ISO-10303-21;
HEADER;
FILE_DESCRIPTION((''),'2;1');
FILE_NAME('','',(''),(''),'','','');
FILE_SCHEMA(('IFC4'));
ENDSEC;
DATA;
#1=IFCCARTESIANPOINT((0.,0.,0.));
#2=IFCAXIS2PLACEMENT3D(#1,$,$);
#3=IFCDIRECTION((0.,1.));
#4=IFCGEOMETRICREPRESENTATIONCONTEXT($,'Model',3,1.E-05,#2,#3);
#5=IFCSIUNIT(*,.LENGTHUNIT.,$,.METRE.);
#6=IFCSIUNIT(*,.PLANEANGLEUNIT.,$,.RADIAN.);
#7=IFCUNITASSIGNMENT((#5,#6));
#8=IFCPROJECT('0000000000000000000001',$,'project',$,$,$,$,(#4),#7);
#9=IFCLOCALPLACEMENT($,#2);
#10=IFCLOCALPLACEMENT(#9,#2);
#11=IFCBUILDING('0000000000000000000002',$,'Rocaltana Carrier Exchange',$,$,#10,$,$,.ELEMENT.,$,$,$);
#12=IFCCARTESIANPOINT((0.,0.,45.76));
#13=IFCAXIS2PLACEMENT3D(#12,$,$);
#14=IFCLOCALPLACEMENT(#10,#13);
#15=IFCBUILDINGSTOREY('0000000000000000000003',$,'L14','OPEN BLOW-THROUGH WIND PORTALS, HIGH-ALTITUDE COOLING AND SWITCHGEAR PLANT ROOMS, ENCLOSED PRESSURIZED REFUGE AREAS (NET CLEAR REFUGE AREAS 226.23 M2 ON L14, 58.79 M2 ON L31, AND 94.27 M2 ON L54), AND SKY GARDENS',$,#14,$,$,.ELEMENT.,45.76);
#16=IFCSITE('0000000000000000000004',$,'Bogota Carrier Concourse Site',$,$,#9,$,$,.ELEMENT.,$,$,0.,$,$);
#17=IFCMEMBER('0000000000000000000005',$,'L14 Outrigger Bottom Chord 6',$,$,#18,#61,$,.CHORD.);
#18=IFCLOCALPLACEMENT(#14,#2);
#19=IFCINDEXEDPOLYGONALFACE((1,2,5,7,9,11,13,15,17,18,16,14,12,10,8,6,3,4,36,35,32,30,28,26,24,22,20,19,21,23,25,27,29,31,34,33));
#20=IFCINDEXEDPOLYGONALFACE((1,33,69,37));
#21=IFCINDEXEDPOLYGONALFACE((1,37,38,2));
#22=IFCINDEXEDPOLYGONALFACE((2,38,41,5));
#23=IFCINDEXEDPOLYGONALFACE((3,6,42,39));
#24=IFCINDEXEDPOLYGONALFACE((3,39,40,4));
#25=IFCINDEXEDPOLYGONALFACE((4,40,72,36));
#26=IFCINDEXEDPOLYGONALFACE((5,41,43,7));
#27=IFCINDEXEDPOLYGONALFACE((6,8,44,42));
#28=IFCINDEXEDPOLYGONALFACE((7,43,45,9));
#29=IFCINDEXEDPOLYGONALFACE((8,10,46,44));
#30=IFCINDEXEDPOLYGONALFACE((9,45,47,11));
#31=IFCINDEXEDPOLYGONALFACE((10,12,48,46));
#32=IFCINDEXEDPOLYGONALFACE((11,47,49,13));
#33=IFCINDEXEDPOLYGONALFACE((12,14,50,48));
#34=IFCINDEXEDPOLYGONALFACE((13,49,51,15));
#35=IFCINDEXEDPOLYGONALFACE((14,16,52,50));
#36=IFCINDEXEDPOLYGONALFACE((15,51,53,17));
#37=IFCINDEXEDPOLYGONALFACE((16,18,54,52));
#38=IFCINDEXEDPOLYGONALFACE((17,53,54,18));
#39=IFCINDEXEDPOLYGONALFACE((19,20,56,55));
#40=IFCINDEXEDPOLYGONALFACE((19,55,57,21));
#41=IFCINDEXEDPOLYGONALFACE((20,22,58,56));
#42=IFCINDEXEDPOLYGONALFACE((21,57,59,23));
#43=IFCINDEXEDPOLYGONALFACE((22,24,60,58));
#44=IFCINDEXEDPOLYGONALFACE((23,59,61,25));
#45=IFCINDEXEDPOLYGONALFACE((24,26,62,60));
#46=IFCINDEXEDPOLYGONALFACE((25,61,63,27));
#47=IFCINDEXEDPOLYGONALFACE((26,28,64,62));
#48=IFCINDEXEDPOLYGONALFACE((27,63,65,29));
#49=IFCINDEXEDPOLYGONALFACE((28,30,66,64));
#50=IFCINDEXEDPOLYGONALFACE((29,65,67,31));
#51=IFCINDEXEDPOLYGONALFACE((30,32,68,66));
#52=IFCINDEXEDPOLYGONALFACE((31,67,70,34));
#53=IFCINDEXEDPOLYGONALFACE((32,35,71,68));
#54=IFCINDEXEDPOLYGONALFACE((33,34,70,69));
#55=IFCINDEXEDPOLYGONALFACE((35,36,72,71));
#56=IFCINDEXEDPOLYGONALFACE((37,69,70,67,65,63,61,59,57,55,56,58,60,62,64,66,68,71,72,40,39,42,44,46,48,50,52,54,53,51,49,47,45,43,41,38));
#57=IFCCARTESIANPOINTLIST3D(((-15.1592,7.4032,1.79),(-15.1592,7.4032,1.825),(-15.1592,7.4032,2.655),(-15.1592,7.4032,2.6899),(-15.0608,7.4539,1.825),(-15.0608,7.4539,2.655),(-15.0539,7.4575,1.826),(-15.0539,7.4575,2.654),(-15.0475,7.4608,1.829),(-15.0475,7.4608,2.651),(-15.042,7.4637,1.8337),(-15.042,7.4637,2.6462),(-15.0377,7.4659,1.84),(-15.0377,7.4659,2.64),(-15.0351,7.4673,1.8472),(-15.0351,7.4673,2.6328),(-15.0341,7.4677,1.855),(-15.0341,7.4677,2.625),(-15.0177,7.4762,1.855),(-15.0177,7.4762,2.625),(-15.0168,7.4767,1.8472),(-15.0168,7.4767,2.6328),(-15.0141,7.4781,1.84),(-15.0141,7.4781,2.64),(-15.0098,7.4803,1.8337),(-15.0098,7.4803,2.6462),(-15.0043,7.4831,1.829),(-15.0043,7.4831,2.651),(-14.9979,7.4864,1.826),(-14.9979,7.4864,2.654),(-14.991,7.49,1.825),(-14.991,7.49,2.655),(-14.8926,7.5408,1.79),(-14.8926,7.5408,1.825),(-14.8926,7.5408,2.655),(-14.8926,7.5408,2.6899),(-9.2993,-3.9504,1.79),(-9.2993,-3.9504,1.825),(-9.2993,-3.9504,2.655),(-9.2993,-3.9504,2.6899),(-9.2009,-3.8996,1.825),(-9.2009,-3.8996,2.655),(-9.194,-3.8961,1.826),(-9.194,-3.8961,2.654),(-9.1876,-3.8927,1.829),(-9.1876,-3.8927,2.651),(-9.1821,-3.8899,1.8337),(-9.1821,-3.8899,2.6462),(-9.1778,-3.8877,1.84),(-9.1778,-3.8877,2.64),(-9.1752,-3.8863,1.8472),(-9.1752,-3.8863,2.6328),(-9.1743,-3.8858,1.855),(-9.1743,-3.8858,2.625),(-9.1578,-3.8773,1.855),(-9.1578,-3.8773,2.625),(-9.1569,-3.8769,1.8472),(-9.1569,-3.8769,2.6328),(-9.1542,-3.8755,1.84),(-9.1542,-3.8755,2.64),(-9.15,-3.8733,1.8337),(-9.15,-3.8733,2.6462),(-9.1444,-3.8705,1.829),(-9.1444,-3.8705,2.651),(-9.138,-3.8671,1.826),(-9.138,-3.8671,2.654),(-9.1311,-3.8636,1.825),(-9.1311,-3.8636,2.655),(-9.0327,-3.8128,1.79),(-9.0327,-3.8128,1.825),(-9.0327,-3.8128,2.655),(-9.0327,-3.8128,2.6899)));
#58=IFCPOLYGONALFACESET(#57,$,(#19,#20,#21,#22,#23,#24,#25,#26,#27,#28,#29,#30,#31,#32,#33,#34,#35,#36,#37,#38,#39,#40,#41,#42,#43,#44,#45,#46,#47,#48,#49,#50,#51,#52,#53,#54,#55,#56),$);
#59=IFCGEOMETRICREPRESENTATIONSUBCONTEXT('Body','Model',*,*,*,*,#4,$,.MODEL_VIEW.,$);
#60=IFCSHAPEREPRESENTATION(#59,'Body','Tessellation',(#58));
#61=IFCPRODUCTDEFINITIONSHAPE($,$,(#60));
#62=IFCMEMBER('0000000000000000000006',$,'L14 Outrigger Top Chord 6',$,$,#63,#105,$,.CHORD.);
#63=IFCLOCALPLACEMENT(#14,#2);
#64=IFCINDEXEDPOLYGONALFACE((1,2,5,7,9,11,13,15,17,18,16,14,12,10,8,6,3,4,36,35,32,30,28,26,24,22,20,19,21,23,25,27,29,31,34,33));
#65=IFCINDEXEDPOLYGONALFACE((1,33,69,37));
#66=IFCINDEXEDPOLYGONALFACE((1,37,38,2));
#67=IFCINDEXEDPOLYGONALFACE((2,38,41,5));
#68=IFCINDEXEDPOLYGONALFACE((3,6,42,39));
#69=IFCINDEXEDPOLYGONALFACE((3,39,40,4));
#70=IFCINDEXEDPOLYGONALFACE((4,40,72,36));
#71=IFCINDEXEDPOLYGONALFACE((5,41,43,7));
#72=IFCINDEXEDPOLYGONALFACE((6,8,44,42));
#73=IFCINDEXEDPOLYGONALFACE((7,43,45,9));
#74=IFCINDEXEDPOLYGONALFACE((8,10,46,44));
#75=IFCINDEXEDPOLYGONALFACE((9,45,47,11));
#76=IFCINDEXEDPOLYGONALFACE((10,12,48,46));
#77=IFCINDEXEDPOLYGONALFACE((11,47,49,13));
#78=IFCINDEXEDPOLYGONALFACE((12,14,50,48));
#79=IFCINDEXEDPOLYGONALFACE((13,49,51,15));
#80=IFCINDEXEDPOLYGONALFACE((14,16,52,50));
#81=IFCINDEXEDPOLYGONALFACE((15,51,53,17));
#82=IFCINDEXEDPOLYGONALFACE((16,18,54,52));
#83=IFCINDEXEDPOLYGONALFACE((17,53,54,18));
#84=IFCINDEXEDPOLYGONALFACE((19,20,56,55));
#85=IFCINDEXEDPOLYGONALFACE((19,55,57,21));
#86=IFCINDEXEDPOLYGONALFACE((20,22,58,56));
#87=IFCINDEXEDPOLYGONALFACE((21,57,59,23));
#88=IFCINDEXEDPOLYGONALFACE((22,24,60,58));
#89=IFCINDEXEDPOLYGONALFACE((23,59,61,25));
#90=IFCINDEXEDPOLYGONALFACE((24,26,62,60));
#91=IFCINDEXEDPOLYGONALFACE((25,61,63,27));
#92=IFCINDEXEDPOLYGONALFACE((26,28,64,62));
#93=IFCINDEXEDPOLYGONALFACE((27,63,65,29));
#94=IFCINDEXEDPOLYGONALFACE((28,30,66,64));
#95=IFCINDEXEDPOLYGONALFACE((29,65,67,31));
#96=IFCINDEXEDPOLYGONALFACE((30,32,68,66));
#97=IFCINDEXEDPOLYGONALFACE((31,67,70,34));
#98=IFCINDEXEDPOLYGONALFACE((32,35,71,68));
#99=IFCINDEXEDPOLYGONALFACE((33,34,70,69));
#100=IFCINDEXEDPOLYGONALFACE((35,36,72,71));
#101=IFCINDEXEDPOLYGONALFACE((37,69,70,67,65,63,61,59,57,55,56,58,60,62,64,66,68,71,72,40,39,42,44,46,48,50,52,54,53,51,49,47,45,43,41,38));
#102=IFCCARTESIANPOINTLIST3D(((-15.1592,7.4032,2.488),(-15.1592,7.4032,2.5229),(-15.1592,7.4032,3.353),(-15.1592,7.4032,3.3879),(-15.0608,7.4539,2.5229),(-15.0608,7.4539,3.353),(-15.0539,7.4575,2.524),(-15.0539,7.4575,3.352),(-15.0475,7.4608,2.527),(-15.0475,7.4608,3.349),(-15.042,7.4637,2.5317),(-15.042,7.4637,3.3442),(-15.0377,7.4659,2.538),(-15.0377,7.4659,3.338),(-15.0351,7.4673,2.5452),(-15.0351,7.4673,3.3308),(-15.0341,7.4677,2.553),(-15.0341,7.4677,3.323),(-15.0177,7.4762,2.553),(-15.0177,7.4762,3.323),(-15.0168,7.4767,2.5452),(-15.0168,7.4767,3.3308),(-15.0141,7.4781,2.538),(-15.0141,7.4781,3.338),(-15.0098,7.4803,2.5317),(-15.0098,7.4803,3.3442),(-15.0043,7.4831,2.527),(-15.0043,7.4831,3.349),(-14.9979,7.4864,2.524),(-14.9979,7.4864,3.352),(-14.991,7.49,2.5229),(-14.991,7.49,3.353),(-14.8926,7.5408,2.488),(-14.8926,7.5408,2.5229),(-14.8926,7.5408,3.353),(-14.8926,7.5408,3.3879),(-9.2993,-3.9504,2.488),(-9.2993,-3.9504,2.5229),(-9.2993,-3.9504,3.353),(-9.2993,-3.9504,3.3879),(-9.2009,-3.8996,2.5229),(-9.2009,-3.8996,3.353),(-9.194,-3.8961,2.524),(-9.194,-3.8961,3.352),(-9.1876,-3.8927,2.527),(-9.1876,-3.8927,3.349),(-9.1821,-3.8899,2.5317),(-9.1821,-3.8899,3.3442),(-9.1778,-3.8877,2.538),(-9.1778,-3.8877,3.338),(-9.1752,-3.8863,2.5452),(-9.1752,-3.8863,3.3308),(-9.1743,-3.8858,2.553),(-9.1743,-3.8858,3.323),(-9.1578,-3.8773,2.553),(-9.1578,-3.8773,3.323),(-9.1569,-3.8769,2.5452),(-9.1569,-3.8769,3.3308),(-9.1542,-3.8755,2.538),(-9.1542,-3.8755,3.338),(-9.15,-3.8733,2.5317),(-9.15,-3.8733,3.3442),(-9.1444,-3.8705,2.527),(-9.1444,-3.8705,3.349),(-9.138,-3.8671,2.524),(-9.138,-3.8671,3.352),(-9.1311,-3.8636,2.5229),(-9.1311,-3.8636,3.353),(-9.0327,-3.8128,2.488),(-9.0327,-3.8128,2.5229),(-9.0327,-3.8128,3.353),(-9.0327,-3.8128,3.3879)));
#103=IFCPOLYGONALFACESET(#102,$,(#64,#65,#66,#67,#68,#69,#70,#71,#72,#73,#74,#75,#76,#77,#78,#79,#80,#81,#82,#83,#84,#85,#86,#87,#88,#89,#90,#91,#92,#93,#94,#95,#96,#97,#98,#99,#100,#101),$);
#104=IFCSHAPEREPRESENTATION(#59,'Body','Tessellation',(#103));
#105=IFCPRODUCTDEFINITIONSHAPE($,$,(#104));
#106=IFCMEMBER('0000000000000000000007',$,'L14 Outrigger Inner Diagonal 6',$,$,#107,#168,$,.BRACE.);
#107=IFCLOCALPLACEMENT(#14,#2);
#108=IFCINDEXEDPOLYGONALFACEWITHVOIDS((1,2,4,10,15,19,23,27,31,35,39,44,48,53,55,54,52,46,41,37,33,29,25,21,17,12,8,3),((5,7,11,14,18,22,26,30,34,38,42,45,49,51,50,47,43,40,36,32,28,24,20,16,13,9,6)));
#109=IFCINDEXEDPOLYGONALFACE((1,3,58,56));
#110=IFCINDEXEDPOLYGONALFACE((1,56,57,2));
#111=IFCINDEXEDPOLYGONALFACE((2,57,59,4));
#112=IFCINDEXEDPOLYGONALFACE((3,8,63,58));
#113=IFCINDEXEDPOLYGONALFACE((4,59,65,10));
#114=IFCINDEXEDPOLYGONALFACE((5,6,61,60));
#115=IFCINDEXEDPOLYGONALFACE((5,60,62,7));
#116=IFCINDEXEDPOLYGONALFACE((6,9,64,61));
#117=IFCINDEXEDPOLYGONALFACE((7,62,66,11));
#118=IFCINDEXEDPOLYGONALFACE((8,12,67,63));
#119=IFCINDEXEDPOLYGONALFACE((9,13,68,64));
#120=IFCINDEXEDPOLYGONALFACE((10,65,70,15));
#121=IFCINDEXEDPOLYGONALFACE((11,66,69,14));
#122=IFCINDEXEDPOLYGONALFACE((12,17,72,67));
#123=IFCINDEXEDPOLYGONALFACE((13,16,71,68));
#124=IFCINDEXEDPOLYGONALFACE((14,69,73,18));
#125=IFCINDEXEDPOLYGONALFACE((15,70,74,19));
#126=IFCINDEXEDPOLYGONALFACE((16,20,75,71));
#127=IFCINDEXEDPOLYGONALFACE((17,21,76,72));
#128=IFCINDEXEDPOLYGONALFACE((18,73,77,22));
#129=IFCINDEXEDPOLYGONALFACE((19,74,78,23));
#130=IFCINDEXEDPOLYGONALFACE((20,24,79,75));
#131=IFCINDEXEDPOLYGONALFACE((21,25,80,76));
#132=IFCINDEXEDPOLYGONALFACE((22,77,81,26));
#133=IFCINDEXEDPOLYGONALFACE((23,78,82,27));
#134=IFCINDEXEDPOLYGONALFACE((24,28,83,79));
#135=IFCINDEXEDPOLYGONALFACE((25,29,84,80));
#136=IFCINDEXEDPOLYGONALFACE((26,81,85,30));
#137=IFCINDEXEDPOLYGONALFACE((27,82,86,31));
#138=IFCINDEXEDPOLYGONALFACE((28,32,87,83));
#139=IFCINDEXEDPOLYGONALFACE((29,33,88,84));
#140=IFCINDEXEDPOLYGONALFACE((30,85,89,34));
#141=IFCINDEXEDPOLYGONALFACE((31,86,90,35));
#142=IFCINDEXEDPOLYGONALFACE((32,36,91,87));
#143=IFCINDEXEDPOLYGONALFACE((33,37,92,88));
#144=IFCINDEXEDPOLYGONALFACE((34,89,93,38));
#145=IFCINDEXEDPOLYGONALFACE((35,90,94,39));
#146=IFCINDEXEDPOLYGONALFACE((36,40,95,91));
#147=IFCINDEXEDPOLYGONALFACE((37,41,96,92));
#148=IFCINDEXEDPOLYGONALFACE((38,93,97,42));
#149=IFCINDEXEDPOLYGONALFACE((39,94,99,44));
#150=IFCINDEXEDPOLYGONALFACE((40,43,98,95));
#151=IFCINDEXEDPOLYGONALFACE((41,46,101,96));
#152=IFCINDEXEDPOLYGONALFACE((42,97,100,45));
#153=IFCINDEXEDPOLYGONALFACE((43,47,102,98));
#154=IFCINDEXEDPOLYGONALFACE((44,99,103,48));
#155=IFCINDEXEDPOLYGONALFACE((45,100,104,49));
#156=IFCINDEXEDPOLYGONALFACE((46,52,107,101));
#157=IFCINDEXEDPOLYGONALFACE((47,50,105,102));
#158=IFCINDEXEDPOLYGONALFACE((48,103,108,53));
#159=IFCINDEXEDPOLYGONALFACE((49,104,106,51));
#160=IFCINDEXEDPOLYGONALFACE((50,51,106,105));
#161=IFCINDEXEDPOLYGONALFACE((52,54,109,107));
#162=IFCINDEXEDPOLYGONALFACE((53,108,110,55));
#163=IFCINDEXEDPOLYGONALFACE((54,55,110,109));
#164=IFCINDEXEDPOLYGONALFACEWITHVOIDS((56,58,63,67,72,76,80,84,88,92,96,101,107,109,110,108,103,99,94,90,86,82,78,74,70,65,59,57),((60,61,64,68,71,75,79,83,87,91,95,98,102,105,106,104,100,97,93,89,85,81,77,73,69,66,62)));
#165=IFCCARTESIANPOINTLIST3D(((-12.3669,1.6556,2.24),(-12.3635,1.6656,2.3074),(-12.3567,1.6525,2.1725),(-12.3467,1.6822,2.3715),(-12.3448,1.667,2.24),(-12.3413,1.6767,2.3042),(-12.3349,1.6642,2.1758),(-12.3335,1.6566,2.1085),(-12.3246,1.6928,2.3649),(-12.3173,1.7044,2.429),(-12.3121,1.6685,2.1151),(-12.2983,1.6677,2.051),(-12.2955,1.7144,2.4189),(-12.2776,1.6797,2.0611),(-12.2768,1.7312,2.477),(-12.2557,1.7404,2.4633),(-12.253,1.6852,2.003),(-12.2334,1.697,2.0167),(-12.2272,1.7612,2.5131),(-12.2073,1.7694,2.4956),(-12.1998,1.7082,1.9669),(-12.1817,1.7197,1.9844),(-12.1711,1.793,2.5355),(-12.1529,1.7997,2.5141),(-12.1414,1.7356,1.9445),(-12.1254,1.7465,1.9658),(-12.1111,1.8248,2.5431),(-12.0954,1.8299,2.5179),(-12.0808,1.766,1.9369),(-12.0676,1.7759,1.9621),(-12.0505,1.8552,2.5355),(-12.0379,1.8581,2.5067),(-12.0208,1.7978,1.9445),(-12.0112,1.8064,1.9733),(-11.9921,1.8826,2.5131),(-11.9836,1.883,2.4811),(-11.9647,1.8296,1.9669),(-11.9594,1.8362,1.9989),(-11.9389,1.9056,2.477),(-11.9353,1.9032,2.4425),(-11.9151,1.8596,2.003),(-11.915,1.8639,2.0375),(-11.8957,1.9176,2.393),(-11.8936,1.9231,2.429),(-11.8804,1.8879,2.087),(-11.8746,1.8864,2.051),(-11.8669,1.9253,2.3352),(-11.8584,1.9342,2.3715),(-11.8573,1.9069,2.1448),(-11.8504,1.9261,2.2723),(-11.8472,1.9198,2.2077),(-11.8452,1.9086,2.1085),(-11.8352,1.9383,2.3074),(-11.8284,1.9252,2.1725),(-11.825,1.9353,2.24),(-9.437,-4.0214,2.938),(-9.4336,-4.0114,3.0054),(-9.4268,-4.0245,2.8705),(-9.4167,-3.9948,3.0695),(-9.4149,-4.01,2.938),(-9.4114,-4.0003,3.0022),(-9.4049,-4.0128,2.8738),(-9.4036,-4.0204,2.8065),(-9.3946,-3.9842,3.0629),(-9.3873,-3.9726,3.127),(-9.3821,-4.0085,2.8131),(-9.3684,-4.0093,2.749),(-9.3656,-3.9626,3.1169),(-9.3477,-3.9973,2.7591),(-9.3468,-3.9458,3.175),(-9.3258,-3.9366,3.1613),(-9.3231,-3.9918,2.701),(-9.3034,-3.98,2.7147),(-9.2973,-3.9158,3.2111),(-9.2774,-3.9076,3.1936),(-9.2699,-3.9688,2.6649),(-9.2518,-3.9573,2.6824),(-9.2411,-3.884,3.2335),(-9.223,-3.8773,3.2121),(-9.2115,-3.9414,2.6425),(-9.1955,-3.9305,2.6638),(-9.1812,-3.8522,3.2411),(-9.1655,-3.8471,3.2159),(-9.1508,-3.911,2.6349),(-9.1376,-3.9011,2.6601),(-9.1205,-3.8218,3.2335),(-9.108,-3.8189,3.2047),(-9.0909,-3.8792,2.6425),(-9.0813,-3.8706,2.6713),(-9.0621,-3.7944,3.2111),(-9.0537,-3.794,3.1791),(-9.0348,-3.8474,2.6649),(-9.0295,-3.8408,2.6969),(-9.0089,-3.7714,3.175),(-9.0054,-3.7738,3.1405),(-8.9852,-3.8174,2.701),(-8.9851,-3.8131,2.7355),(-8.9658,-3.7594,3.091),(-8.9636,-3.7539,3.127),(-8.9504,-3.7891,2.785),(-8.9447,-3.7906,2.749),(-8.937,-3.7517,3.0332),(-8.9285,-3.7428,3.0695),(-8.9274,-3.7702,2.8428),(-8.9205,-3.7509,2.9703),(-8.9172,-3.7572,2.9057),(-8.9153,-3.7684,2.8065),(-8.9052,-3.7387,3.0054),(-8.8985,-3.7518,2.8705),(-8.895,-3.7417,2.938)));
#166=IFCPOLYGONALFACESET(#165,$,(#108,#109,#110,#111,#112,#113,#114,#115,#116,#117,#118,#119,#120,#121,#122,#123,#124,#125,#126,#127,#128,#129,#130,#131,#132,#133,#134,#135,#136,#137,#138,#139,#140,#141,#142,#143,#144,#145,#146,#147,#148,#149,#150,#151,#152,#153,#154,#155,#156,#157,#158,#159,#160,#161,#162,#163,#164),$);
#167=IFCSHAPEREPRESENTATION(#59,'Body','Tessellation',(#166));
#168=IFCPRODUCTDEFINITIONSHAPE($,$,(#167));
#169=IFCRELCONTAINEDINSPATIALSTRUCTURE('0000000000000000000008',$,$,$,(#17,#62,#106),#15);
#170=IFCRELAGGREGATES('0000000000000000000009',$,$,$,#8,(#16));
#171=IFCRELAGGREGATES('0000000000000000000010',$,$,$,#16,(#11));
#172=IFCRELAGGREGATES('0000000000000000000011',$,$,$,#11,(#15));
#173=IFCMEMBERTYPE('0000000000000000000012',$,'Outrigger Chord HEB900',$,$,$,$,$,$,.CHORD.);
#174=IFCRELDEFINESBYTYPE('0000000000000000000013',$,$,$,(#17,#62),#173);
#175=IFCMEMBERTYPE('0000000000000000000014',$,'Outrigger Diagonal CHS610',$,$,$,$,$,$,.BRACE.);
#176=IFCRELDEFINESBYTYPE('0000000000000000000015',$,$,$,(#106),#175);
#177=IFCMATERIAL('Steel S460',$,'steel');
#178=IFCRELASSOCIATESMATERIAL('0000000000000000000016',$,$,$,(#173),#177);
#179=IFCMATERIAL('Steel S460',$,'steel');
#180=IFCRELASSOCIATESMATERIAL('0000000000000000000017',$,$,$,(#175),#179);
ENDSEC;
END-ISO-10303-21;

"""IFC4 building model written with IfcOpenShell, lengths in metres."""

from ifc_helpers import new_model, si_unit, direction, frame, origin, origin_2d, place, context, subcontext, project, spatial, hollow_circle, i_section, extrude, material, material_profile, profile_set, type_object, element, save


model = new_model("IFC4")

# Units and contexts
model_context = context("Model", 3, precision=1e-05, world=origin(), true_north=direction((0.0, 1.0)))
body_context = subcontext(model_context, "Body", "Model", "MODEL_VIEW")
ifc_project = project(units=[si_unit("LENGTHUNIT", "METRE"), si_unit("PLANEANGLEUNIT", "RADIAN")], contexts=[model_context])

# Site, building, storey
site_placement = place(None, origin())
site = spatial("IfcSite", under=ifc_project, at=site_placement, Name="Bogota Carrier Concourse Site", CompositionType="ELEMENT", RefElevation=0.0)
building_placement = place(site_placement, origin())
building = spatial("IfcBuilding", under=site, at=building_placement, Name="Rocaltana Carrier Exchange", CompositionType="ELEMENT")
storey_placement = place(building_placement, frame((0.0, 0.0, 45.76)))
storey = spatial("IfcBuildingStorey", under=building, at=storey_placement, Name="L14", Description="OPEN BLOW-THROUGH WIND PORTALS, HIGH-ALTITUDE COOLING AND SWITCHGEAR PLANT ROOMS, ENCLOSED PRESSURIZED REFUGE AREAS (NET CLEAR REFUGE AREAS 226.23 M2 ON L14, 58.79 M2 ON L31, AND 94.27 M2 ON L54), AND SKY GARDENS", CompositionType="ELEMENT", Elevation=45.76)

# Members
ifc_material_1 = material(Name="Steel S460", Category="steel")
ifc_material_profile_1 = material_profile(ifc_material_1, i_section(OverallWidth=0.3, OverallDepth=0.8999, WebThickness=0.0186, FlangeThickness=0.0349, FilletRadius=0.03, at=origin_2d()), Name="HEB900")
ifc_profile_set_1 = profile_set([ifc_material_profile_1], Name="Steel S460")
member_type_1 = type_object("IfcMemberType", Name="Outrigger Chord HEB900", PredefinedType="CHORD", material=ifc_profile_set_1)
for number, where, z_axis, x_axis, name in (
    (1, (-9.166, -3.8816, 2.24), (-0.458642, 0.888621, 0.0), (-0.888621, -0.458642, 0.0), "L14 Outrigger Bottom Chord 6"),
    (2, (-9.166, -3.8816, 2.938), (-0.458642, 0.888621, 0.0), (-0.888621, -0.458642, 0.0), "L14 Outrigger Top Chord 6"),
):
    element("IfcMember", number, at=place(storey_placement, frame(where, z_axis=z_axis, x_axis=x_axis)), inside=storey, type_object=member_type_1, Name=name, PredefinedType="CHORD", context=body_context, shape_type="SweptSolid", body=[
        extrude(i_section(OverallWidth=0.3, OverallDepth=0.8999, WebThickness=0.0186, FlangeThickness=0.0349, FilletRadius=0.03, at=origin_2d()), origin(), (0.0, 0.0, 1.0), 12.7766),
    ])
ifc_material_2 = material(Name="Steel S460", Category="steel")
ifc_material_profile_2 = material_profile(ifc_material_2, hollow_circle(Radius=0.3049, WallThickness=0.0249, at=origin_2d()), Name="CHS610X25")
ifc_profile_set_2 = profile_set([ifc_material_profile_2], Name="Steel S460")
member_type_2 = type_object("IfcMemberType", Name="Outrigger Diagonal CHS610", PredefinedType="BRACE", material=ifc_profile_set_2)
member_1_placement = place(storey_placement, frame((-9.166, -3.8816, 2.938), z_axis=(-0.455913, 0.883372, -0.108612), x_axis=(-0.888629, -0.458626, 0.0)))
element("IfcMember", 3, at=member_1_placement, inside=storey, type_object=member_type_2, Name="L14 Outrigger Inner Diagonal 6", PredefinedType="BRACE", context=body_context, shape_type="SweptSolid", body=[
    extrude(hollow_circle(Radius=0.3049, WallThickness=0.0249, at=origin_2d()), origin(), (0.0, 0.0, 1.0), 6.4265),
])

save(model, "model.ifc")
